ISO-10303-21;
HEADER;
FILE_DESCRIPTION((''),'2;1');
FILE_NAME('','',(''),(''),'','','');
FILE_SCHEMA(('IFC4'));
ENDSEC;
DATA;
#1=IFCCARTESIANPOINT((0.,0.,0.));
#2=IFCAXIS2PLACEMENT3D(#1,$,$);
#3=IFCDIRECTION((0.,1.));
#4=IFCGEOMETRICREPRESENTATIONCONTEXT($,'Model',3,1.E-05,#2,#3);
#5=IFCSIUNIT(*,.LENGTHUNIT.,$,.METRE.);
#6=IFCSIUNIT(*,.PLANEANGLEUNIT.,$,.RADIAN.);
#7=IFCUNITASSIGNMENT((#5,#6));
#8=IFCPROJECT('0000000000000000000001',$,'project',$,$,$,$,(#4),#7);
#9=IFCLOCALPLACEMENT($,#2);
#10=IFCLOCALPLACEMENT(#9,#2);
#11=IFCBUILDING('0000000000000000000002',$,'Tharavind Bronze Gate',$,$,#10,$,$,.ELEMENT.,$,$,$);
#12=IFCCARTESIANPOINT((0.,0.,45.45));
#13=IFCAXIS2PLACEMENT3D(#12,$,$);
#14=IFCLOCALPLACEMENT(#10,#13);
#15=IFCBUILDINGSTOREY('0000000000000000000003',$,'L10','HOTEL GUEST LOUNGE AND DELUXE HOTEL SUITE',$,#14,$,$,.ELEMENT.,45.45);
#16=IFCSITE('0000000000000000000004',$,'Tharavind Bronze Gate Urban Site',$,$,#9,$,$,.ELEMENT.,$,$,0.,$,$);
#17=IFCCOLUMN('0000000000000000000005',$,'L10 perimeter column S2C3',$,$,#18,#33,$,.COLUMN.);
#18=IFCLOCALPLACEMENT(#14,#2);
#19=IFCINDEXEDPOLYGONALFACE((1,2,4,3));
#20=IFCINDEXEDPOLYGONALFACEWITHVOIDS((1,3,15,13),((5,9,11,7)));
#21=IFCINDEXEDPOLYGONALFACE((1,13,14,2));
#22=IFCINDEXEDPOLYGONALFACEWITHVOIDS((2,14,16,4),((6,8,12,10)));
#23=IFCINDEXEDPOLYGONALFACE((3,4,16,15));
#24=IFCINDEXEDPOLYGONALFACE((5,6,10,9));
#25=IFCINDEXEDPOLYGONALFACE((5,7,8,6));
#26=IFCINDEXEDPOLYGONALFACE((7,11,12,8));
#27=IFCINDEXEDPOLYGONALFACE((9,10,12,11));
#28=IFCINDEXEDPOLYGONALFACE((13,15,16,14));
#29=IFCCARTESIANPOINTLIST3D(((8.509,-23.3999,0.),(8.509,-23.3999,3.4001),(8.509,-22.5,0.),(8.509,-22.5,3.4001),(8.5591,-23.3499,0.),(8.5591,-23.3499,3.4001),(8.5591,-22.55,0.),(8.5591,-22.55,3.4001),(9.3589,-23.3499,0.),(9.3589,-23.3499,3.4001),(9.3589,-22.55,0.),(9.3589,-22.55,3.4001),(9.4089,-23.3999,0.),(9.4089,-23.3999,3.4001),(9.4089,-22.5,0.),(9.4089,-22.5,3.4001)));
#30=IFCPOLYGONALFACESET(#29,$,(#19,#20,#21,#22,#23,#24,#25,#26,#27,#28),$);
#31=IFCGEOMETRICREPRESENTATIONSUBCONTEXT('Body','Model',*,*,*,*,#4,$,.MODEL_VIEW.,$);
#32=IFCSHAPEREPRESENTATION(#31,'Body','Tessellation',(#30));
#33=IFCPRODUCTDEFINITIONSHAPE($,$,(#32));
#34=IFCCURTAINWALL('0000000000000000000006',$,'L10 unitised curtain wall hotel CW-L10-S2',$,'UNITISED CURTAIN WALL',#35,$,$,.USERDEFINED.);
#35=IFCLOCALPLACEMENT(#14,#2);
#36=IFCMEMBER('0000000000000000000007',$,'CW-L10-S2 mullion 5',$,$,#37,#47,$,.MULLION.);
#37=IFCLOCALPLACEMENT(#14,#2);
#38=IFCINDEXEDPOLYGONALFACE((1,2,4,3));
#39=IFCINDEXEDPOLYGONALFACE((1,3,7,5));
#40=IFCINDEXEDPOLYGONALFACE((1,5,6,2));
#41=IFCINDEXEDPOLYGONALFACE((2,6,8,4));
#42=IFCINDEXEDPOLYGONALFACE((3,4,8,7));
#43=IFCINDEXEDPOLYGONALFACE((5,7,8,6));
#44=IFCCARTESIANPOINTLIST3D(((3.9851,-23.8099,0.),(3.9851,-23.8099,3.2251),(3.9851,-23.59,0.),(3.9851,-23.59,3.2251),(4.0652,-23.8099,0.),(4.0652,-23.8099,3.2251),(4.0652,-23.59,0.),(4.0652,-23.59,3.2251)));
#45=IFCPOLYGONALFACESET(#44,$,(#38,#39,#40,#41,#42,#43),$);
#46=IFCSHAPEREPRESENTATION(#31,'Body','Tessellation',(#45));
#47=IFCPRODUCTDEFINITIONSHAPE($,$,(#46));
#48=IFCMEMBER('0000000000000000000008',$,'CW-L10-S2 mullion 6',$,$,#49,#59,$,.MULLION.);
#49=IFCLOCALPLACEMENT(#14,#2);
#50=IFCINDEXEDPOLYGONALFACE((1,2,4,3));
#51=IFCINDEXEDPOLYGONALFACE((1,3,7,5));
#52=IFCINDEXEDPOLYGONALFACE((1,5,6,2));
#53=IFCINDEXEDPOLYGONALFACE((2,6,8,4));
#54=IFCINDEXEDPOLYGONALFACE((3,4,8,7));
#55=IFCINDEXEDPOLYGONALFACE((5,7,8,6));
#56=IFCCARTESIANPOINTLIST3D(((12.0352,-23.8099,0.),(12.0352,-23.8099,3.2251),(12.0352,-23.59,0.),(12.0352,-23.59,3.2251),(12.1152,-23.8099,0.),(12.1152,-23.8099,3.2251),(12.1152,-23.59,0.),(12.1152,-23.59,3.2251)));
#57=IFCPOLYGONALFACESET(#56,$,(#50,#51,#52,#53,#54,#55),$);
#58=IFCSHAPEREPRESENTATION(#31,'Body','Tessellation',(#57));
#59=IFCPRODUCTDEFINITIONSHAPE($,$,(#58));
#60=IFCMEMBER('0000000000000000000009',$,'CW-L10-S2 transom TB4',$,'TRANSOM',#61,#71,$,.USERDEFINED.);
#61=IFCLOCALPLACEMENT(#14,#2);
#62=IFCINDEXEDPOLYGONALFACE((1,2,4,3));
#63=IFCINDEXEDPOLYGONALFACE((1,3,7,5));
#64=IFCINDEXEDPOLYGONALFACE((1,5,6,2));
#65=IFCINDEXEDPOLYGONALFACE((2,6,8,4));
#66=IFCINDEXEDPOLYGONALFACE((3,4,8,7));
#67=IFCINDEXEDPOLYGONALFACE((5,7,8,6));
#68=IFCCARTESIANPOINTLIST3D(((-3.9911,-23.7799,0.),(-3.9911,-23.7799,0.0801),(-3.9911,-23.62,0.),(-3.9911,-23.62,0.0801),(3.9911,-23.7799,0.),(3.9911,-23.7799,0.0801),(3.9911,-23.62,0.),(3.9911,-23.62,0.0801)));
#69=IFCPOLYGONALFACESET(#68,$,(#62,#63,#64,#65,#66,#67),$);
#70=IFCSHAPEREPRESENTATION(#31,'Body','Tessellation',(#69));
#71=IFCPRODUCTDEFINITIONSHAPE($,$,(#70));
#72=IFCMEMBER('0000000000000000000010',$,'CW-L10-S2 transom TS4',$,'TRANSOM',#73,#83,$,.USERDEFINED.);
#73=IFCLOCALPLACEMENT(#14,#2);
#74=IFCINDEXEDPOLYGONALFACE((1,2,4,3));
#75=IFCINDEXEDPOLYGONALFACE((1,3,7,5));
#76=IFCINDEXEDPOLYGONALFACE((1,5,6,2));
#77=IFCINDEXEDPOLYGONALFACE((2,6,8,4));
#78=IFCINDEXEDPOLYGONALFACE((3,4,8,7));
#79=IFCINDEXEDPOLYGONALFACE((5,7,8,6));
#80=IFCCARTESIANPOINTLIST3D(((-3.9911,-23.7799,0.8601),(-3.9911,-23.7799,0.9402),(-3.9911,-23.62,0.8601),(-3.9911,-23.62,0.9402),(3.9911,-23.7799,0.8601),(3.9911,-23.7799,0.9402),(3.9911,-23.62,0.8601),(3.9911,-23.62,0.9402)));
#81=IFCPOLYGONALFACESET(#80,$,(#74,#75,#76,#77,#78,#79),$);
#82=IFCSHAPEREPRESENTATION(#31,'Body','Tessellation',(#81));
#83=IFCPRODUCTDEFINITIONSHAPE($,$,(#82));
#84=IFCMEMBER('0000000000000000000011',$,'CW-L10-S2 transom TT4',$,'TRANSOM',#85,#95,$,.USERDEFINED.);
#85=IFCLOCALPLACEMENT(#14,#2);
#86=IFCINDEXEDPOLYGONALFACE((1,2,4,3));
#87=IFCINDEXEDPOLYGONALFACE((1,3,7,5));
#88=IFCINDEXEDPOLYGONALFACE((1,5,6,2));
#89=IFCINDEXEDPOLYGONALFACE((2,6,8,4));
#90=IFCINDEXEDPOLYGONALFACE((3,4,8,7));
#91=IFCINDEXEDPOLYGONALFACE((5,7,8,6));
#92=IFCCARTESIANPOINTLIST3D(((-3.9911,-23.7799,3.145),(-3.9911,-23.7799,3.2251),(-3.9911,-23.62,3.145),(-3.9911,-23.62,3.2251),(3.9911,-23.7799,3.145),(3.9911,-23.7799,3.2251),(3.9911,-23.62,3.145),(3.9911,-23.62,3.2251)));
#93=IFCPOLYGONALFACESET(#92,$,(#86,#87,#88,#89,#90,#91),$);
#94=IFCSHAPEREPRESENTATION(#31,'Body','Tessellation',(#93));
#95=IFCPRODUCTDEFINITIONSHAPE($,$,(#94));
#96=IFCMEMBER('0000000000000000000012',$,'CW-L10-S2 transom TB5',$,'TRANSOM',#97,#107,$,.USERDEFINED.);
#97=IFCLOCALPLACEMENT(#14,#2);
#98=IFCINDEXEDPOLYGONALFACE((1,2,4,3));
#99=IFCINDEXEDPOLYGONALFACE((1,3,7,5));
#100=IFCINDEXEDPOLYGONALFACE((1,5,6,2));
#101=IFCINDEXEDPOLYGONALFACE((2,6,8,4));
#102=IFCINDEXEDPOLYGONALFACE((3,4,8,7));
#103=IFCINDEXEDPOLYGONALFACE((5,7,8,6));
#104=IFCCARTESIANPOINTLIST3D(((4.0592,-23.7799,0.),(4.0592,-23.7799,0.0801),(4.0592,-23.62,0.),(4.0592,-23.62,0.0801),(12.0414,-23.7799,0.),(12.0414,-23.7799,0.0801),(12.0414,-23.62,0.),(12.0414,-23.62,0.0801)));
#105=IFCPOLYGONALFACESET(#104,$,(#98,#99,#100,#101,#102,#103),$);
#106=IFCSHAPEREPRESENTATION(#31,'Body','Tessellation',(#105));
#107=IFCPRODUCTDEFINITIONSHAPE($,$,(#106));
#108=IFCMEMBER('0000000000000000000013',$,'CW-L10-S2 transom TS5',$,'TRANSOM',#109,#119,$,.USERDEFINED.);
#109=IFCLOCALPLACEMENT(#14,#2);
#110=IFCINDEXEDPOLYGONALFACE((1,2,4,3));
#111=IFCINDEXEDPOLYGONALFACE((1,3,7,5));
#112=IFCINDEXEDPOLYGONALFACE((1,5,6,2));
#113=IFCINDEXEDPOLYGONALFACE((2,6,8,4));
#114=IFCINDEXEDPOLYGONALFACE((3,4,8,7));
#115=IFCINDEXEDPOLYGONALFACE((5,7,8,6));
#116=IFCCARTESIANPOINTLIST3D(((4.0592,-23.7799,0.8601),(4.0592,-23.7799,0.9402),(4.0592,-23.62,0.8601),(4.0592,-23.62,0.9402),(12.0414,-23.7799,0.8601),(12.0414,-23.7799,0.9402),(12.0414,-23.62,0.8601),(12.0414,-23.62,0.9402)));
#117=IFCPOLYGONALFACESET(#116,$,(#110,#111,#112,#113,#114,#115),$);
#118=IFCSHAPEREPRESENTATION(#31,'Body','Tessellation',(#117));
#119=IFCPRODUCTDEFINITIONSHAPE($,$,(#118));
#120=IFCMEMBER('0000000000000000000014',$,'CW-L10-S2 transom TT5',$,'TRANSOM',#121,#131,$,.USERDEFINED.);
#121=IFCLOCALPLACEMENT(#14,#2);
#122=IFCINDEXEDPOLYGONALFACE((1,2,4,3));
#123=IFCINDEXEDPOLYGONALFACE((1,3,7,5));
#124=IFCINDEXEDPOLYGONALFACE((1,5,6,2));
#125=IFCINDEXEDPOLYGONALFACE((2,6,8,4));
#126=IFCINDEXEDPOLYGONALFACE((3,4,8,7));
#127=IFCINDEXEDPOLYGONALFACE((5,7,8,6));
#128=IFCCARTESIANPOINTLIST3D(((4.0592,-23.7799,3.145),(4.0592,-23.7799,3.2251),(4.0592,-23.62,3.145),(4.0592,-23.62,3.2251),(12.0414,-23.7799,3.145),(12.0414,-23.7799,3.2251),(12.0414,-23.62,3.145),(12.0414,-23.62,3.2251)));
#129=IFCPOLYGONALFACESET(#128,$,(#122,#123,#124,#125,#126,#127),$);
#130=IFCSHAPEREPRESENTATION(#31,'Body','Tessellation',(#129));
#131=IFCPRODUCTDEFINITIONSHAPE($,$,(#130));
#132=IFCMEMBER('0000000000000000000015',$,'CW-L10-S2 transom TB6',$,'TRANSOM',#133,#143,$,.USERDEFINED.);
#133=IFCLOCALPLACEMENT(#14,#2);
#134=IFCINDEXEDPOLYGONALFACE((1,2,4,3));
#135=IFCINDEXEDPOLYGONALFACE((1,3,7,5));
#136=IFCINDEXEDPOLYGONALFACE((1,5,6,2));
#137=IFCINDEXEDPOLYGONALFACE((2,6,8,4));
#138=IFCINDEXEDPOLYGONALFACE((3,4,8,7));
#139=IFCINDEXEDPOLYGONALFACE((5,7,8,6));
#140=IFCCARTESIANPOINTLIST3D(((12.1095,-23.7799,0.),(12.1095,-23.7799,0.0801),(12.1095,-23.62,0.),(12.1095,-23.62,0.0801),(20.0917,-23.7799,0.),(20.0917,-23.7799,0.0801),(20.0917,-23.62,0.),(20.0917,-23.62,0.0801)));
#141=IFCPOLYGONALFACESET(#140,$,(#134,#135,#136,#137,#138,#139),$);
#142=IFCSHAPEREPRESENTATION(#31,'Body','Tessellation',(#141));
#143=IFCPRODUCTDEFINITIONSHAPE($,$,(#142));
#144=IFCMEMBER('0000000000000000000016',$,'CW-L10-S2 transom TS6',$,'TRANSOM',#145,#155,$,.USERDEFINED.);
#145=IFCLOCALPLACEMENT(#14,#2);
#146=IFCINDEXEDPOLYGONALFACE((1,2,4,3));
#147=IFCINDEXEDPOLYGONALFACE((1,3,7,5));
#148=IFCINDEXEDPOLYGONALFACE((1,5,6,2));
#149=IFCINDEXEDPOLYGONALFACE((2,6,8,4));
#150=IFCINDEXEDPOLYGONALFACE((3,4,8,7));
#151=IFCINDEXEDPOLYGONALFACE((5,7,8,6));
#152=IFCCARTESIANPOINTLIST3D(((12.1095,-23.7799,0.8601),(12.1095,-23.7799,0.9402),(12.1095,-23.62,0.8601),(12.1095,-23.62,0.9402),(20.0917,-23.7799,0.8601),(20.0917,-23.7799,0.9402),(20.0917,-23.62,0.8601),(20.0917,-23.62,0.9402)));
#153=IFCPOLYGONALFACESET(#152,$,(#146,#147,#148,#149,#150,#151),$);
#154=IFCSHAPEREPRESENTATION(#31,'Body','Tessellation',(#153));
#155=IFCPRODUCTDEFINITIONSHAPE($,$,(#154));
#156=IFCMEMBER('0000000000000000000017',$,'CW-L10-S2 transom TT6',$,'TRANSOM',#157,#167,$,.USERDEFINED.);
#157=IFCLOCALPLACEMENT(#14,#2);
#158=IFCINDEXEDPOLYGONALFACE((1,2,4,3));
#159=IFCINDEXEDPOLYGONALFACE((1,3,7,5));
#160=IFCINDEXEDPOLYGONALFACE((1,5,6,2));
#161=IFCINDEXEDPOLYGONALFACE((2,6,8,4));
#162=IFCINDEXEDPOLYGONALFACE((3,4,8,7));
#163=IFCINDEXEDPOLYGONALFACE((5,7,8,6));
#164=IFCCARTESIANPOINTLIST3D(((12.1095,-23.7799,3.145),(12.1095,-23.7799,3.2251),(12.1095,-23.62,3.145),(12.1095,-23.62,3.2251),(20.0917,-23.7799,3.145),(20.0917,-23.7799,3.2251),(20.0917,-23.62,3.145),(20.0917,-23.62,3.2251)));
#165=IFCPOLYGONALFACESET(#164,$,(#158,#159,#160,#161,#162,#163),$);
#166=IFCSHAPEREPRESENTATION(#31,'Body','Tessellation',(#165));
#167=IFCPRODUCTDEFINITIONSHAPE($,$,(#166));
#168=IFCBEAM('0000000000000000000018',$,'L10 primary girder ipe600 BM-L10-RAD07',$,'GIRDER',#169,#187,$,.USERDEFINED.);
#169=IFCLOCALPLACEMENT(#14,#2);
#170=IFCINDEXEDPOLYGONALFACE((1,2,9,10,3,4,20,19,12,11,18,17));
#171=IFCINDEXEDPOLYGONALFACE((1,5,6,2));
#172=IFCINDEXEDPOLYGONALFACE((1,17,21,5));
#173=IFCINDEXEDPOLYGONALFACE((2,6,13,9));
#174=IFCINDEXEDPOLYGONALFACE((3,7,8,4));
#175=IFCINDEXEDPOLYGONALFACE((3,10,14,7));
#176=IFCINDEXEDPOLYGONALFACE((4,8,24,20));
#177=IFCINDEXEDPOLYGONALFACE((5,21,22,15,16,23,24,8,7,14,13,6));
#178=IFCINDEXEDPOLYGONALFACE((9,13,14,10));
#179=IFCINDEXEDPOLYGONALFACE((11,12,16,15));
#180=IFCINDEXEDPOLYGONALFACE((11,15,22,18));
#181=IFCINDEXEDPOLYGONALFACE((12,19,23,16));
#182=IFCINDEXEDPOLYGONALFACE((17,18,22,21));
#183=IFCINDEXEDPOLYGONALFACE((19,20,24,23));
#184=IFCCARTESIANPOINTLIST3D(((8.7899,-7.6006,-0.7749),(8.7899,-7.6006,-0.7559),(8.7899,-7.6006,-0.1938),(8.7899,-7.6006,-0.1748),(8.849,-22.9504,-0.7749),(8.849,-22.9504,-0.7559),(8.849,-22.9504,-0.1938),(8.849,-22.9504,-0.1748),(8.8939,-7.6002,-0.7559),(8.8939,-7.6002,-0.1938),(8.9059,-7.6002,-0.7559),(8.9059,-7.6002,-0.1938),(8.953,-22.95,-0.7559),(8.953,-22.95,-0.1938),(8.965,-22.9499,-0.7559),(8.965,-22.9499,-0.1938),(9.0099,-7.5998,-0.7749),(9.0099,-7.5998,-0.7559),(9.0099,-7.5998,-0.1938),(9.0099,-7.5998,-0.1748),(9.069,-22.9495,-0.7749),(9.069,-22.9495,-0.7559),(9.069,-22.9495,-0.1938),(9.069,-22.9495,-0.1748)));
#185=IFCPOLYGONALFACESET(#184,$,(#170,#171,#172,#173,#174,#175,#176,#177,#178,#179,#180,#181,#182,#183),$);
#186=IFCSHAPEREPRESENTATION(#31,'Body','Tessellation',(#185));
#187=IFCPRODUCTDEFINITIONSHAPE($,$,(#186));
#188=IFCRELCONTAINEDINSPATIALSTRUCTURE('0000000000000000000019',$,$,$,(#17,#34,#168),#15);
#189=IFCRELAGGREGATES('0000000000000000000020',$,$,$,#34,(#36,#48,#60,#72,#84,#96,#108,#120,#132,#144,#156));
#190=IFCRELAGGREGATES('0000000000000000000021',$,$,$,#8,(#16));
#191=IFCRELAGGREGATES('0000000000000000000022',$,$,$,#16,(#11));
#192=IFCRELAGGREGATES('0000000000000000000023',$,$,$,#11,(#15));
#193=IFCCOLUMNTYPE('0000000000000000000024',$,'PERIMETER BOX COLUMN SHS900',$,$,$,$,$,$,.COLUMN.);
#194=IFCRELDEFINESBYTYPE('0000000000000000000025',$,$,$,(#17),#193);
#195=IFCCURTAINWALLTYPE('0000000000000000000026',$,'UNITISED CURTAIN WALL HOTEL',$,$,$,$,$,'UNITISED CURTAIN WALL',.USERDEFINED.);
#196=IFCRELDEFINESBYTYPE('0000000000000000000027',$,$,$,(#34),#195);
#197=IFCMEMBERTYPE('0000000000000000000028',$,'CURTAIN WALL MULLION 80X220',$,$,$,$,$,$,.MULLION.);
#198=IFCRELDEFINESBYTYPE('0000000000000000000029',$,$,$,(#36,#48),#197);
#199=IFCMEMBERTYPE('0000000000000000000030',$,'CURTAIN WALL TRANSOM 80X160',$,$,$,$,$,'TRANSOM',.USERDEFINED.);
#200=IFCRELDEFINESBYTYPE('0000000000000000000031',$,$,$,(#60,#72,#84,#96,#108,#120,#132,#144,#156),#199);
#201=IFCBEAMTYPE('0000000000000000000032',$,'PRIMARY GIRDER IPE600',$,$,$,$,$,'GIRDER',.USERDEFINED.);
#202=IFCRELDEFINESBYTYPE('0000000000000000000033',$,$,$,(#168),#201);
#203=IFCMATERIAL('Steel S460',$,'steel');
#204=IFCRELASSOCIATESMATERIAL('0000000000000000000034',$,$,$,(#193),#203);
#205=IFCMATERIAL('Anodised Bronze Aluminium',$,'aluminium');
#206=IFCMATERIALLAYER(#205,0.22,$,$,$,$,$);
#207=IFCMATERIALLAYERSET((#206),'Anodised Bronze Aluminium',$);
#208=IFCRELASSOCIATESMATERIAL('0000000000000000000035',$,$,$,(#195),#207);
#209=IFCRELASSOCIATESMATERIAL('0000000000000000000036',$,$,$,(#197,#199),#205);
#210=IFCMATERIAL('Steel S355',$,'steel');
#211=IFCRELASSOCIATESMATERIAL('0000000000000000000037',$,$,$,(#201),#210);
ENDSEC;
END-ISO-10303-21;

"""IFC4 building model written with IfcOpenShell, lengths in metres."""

from ifc_helpers import new_model, si_unit, direction, frame, origin, origin_2d, place, context, subcontext, project, spatial, rectangle, hollow_rectangle, i_section, extrude, material, layer, layer_set, material_profile, profile_set, type_object, element, aggregate, save


model = new_model("IFC4")

# Units and contexts
model_context = context("Model", 3, precision=1e-05, world=origin(), true_north=direction((0.0, 1.0)))
body_context = subcontext(model_context, "Body", "Model", "MODEL_VIEW")
ifc_project = project(units=[si_unit("LENGTHUNIT", "METRE"), si_unit("PLANEANGLEUNIT", "RADIAN")], contexts=[model_context])

# Site, building, storey
site_placement = place(None, origin())
site = spatial("IfcSite", under=ifc_project, at=site_placement, Name="Tharavind Bronze Gate Urban Site", CompositionType="ELEMENT", RefElevation=0.0)
building_placement = place(site_placement, origin())
building = spatial("IfcBuilding", under=site, at=building_placement, Name="Tharavind Bronze Gate", CompositionType="ELEMENT")
storey_placement = place(building_placement, frame((0.0, 0.0, 45.45)))
storey = spatial("IfcBuildingStorey", under=building, at=storey_placement, Name="L10", Description="HOTEL GUEST LOUNGE AND DELUXE HOTEL SUITE", CompositionType="ELEMENT", Elevation=45.45)

# Column
ifc_material_1 = material(Name="Steel S460", Category="steel")
ifc_material_profile_1 = material_profile(ifc_material_1, hollow_rectangle(XDim=0.8999, YDim=0.8999, WallThickness=0.05, at=origin_2d()), Name="SHS900X50")
ifc_profile_set_1 = profile_set([ifc_material_profile_1], Name="Steel S460")
column_type = type_object("IfcColumnType", Name="PERIMETER BOX COLUMN SHS900", PredefinedType="COLUMN", material=ifc_profile_set_1)
column_placement = place(storey_placement, frame((8.959, -22.95, 0.0), z_axis=(0.0, 0.0, 1.0), x_axis=(1.0, 0.0, 0.0)))
element("IfcColumn", 1, at=column_placement, inside=storey, type_object=column_type, Name="L10 perimeter column S2C3", PredefinedType="COLUMN", context=body_context, shape_type="SweptSolid", body=[
    extrude(hollow_rectangle(XDim=0.8999, YDim=0.8999, WallThickness=0.05, at=origin_2d()), origin(), (0.0, 0.0, 1.0), 3.4001),
])

# Curtain wall, members
ifc_material_2 = material(Name="Anodised Bronze Aluminium", Category="aluminium")
ifc_layer_1 = layer(ifc_material_2, 0.22)
ifc_layer_set_1 = layer_set([ifc_layer_1], Name="Anodised Bronze Aluminium")
curtain_wall_type = type_object("IfcCurtainWallType", Name="UNITISED CURTAIN WALL HOTEL", ElementType="UNITISED CURTAIN WALL", PredefinedType="USERDEFINED", material=ifc_layer_set_1)
curtain_wall_placement = place(storey_placement, origin())
curtain_wall = element("IfcCurtainWall", 2, at=curtain_wall_placement, inside=storey, type_object=curtain_wall_type, Name="L10 unitised curtain wall hotel CW-L10-S2", ObjectType="UNITISED CURTAIN WALL", PredefinedType="USERDEFINED")
member_type_1 = type_object("IfcMemberType", Name="CURTAIN WALL MULLION 80X220", PredefinedType="MULLION", material=ifc_material_2)
member_1_placement = place(storey_placement, frame((4.0251, -23.7, 0.0), z_axis=(0.0, 0.0, 1.0), x_axis=(1.0, 0.0, 0.0)))
member_1 = element("IfcMember", 3, at=member_1_placement, type_object=member_type_1, Name="CW-L10-S2 mullion 5", PredefinedType="MULLION", context=body_context, shape_type="SweptSolid", body=[
    extrude(rectangle(XDim=0.0801, YDim=0.22, at=origin_2d()), origin(), (0.0, 0.0, 1.0), 3.2251),
])
member_2_placement = place(storey_placement, frame((12.0752, -23.7, 0.0), z_axis=(0.0, 0.0, 1.0), x_axis=(1.0, 0.0, 0.0)))
member_2 = element("IfcMember", 4, at=member_2_placement, type_object=member_type_1, Name="CW-L10-S2 mullion 6", PredefinedType="MULLION", context=body_context, shape_type="SweptSolid", body=[
    extrude(rectangle(XDim=0.0801, YDim=0.22, at=origin_2d()), origin(), (0.0, 0.0, 1.0), 3.2251),
])
member_type_2 = type_object("IfcMemberType", Name="CURTAIN WALL TRANSOM 80X160", ElementType="TRANSOM", PredefinedType="USERDEFINED", material=ifc_material_2)
member_3_placement = place(storey_placement, frame((0.0, -23.7, 0.0), z_axis=(0.0, 0.0, 1.0), x_axis=(1.0, 0.0, 0.0)))
member_3 = element("IfcMember", 5, at=member_3_placement, type_object=member_type_2, Name="CW-L10-S2 transom TB4", ObjectType="TRANSOM", PredefinedType="USERDEFINED", context=body_context, shape_type="SweptSolid", body=[
    extrude(rectangle(XDim=7.9822, YDim=0.1599, at=origin_2d()), origin(), (0.0, 0.0, 1.0), 0.0801),
])
member_4_placement = place(storey_placement, frame((0.0, -23.7, 0.8601), z_axis=(0.0, 0.0, 1.0), x_axis=(1.0, 0.0, 0.0)))
member_4 = element("IfcMember", 6, at=member_4_placement, type_object=member_type_2, Name="CW-L10-S2 transom TS4", ObjectType="TRANSOM", PredefinedType="USERDEFINED", context=body_context, shape_type="SweptSolid", body=[
    extrude(rectangle(XDim=7.9822, YDim=0.1599, at=origin_2d()), origin(), (0.0, 0.0, 1.0), 0.0801),
])
member_5_placement = place(storey_placement, frame((0.0, -23.7, 3.145), z_axis=(0.0, 0.0, 1.0), x_axis=(1.0, 0.0, 0.0)))
member_5 = element("IfcMember", 7, at=member_5_placement, type_object=member_type_2, Name="CW-L10-S2 transom TT4", ObjectType="TRANSOM", PredefinedType="USERDEFINED", context=body_context, shape_type="SweptSolid", body=[
    extrude(rectangle(XDim=7.9822, YDim=0.1599, at=origin_2d()), origin(), (0.0, 0.0, 1.0), 0.0801),
])
member_6_placement = place(storey_placement, frame((8.0503, -23.7, 0.0), z_axis=(0.0, 0.0, 1.0), x_axis=(1.0, 0.0, 0.0)))
member_6 = element("IfcMember", 8, at=member_6_placement, type_object=member_type_2, Name="CW-L10-S2 transom TB5", ObjectType="TRANSOM", PredefinedType="USERDEFINED", context=body_context, shape_type="SweptSolid", body=[
    extrude(rectangle(XDim=7.9822, YDim=0.1599, at=origin_2d()), origin(), (0.0, 0.0, 1.0), 0.0801),
])
member_7_placement = place(storey_placement, frame((8.0503, -23.7, 0.8601), z_axis=(0.0, 0.0, 1.0), x_axis=(1.0, 0.0, 0.0)))
member_7 = element("IfcMember", 9, at=member_7_placement, type_object=member_type_2, Name="CW-L10-S2 transom TS5", ObjectType="TRANSOM", PredefinedType="USERDEFINED", context=body_context, shape_type="SweptSolid", body=[
    extrude(rectangle(XDim=7.9822, YDim=0.1599, at=origin_2d()), origin(), (0.0, 0.0, 1.0), 0.0801),
])
member_8_placement = place(storey_placement, frame((8.0503, -23.7, 3.145), z_axis=(0.0, 0.0, 1.0), x_axis=(1.0, 0.0, 0.0)))
member_8 = element("IfcMember", 10, at=member_8_placement, type_object=member_type_2, Name="CW-L10-S2 transom TT5", ObjectType="TRANSOM", PredefinedType="USERDEFINED", context=body_context, shape_type="SweptSolid", body=[
    extrude(rectangle(XDim=7.9822, YDim=0.1599, at=origin_2d()), origin(), (0.0, 0.0, 1.0), 0.0801),
])
member_9_placement = place(storey_placement, frame((16.1006, -23.7, 0.0), z_axis=(0.0, 0.0, 1.0), x_axis=(1.0, 0.0, 0.0)))
member_9 = element("IfcMember", 11, at=member_9_placement, type_object=member_type_2, Name="CW-L10-S2 transom TB6", ObjectType="TRANSOM", PredefinedType="USERDEFINED", context=body_context, shape_type="SweptSolid", body=[
    extrude(rectangle(XDim=7.9822, YDim=0.1599, at=origin_2d()), origin(), (0.0, 0.0, 1.0), 0.0801),
])
member_10_placement = place(storey_placement, frame((16.1006, -23.7, 0.8601), z_axis=(0.0, 0.0, 1.0), x_axis=(1.0, 0.0, 0.0)))
member_10 = element("IfcMember", 12, at=member_10_placement, type_object=member_type_2, Name="CW-L10-S2 transom TS6", ObjectType="TRANSOM", PredefinedType="USERDEFINED", context=body_context, shape_type="SweptSolid", body=[
    extrude(rectangle(XDim=7.9822, YDim=0.1599, at=origin_2d()), origin(), (0.0, 0.0, 1.0), 0.0801),
])
member_11_placement = place(storey_placement, frame((16.1006, -23.7, 3.145), z_axis=(0.0, 0.0, 1.0), x_axis=(1.0, 0.0, 0.0)))
member_11 = element("IfcMember", 13, at=member_11_placement, type_object=member_type_2, Name="CW-L10-S2 transom TT6", ObjectType="TRANSOM", PredefinedType="USERDEFINED", context=body_context, shape_type="SweptSolid", body=[
    extrude(rectangle(XDim=7.9822, YDim=0.1599, at=origin_2d()), origin(), (0.0, 0.0, 1.0), 0.0801),
])

# Beam
ifc_material_3 = material(Name="Steel S355", Category="steel")
ifc_material_profile_2 = material_profile(ifc_material_3, i_section(OverallWidth=0.22, OverallDepth=0.6001, WebThickness=0.012, FlangeThickness=0.019, at=origin_2d()), Name="IPE600")
ifc_profile_set_2 = profile_set([ifc_material_profile_2], Name="Steel S355")
beam_type_1 = type_object("IfcBeamType", Name="PRIMARY GIRDER IPE600", ElementType="GIRDER", PredefinedType="USERDEFINED", material=ifc_profile_set_2)
beam_1_placement = place(storey_placement, frame((8.959, -22.95, -0.4749), z_axis=(-0.003849, 0.999993, 0.0), x_axis=(-0.999993, -0.003849, 0.0)))
element("IfcBeam", 14, at=beam_1_placement, inside=storey, type_object=beam_type_1, Name="L10 primary girder ipe600 BM-L10-RAD07", ObjectType="GIRDER", PredefinedType="USERDEFINED", context=body_context, shape_type="SweptSolid", body=[
    extrude(i_section(OverallWidth=0.22, OverallDepth=0.6001, WebThickness=0.012, FlangeThickness=0.019, at=origin_2d()), origin(), (0.0, 0.0, 1.0), 15.3499),
])

aggregate(curtain_wall, [member_1, member_2, member_3, member_4, member_5, member_6, member_7, member_8, member_9, member_10, member_11])

save(model, "model.ifc")
